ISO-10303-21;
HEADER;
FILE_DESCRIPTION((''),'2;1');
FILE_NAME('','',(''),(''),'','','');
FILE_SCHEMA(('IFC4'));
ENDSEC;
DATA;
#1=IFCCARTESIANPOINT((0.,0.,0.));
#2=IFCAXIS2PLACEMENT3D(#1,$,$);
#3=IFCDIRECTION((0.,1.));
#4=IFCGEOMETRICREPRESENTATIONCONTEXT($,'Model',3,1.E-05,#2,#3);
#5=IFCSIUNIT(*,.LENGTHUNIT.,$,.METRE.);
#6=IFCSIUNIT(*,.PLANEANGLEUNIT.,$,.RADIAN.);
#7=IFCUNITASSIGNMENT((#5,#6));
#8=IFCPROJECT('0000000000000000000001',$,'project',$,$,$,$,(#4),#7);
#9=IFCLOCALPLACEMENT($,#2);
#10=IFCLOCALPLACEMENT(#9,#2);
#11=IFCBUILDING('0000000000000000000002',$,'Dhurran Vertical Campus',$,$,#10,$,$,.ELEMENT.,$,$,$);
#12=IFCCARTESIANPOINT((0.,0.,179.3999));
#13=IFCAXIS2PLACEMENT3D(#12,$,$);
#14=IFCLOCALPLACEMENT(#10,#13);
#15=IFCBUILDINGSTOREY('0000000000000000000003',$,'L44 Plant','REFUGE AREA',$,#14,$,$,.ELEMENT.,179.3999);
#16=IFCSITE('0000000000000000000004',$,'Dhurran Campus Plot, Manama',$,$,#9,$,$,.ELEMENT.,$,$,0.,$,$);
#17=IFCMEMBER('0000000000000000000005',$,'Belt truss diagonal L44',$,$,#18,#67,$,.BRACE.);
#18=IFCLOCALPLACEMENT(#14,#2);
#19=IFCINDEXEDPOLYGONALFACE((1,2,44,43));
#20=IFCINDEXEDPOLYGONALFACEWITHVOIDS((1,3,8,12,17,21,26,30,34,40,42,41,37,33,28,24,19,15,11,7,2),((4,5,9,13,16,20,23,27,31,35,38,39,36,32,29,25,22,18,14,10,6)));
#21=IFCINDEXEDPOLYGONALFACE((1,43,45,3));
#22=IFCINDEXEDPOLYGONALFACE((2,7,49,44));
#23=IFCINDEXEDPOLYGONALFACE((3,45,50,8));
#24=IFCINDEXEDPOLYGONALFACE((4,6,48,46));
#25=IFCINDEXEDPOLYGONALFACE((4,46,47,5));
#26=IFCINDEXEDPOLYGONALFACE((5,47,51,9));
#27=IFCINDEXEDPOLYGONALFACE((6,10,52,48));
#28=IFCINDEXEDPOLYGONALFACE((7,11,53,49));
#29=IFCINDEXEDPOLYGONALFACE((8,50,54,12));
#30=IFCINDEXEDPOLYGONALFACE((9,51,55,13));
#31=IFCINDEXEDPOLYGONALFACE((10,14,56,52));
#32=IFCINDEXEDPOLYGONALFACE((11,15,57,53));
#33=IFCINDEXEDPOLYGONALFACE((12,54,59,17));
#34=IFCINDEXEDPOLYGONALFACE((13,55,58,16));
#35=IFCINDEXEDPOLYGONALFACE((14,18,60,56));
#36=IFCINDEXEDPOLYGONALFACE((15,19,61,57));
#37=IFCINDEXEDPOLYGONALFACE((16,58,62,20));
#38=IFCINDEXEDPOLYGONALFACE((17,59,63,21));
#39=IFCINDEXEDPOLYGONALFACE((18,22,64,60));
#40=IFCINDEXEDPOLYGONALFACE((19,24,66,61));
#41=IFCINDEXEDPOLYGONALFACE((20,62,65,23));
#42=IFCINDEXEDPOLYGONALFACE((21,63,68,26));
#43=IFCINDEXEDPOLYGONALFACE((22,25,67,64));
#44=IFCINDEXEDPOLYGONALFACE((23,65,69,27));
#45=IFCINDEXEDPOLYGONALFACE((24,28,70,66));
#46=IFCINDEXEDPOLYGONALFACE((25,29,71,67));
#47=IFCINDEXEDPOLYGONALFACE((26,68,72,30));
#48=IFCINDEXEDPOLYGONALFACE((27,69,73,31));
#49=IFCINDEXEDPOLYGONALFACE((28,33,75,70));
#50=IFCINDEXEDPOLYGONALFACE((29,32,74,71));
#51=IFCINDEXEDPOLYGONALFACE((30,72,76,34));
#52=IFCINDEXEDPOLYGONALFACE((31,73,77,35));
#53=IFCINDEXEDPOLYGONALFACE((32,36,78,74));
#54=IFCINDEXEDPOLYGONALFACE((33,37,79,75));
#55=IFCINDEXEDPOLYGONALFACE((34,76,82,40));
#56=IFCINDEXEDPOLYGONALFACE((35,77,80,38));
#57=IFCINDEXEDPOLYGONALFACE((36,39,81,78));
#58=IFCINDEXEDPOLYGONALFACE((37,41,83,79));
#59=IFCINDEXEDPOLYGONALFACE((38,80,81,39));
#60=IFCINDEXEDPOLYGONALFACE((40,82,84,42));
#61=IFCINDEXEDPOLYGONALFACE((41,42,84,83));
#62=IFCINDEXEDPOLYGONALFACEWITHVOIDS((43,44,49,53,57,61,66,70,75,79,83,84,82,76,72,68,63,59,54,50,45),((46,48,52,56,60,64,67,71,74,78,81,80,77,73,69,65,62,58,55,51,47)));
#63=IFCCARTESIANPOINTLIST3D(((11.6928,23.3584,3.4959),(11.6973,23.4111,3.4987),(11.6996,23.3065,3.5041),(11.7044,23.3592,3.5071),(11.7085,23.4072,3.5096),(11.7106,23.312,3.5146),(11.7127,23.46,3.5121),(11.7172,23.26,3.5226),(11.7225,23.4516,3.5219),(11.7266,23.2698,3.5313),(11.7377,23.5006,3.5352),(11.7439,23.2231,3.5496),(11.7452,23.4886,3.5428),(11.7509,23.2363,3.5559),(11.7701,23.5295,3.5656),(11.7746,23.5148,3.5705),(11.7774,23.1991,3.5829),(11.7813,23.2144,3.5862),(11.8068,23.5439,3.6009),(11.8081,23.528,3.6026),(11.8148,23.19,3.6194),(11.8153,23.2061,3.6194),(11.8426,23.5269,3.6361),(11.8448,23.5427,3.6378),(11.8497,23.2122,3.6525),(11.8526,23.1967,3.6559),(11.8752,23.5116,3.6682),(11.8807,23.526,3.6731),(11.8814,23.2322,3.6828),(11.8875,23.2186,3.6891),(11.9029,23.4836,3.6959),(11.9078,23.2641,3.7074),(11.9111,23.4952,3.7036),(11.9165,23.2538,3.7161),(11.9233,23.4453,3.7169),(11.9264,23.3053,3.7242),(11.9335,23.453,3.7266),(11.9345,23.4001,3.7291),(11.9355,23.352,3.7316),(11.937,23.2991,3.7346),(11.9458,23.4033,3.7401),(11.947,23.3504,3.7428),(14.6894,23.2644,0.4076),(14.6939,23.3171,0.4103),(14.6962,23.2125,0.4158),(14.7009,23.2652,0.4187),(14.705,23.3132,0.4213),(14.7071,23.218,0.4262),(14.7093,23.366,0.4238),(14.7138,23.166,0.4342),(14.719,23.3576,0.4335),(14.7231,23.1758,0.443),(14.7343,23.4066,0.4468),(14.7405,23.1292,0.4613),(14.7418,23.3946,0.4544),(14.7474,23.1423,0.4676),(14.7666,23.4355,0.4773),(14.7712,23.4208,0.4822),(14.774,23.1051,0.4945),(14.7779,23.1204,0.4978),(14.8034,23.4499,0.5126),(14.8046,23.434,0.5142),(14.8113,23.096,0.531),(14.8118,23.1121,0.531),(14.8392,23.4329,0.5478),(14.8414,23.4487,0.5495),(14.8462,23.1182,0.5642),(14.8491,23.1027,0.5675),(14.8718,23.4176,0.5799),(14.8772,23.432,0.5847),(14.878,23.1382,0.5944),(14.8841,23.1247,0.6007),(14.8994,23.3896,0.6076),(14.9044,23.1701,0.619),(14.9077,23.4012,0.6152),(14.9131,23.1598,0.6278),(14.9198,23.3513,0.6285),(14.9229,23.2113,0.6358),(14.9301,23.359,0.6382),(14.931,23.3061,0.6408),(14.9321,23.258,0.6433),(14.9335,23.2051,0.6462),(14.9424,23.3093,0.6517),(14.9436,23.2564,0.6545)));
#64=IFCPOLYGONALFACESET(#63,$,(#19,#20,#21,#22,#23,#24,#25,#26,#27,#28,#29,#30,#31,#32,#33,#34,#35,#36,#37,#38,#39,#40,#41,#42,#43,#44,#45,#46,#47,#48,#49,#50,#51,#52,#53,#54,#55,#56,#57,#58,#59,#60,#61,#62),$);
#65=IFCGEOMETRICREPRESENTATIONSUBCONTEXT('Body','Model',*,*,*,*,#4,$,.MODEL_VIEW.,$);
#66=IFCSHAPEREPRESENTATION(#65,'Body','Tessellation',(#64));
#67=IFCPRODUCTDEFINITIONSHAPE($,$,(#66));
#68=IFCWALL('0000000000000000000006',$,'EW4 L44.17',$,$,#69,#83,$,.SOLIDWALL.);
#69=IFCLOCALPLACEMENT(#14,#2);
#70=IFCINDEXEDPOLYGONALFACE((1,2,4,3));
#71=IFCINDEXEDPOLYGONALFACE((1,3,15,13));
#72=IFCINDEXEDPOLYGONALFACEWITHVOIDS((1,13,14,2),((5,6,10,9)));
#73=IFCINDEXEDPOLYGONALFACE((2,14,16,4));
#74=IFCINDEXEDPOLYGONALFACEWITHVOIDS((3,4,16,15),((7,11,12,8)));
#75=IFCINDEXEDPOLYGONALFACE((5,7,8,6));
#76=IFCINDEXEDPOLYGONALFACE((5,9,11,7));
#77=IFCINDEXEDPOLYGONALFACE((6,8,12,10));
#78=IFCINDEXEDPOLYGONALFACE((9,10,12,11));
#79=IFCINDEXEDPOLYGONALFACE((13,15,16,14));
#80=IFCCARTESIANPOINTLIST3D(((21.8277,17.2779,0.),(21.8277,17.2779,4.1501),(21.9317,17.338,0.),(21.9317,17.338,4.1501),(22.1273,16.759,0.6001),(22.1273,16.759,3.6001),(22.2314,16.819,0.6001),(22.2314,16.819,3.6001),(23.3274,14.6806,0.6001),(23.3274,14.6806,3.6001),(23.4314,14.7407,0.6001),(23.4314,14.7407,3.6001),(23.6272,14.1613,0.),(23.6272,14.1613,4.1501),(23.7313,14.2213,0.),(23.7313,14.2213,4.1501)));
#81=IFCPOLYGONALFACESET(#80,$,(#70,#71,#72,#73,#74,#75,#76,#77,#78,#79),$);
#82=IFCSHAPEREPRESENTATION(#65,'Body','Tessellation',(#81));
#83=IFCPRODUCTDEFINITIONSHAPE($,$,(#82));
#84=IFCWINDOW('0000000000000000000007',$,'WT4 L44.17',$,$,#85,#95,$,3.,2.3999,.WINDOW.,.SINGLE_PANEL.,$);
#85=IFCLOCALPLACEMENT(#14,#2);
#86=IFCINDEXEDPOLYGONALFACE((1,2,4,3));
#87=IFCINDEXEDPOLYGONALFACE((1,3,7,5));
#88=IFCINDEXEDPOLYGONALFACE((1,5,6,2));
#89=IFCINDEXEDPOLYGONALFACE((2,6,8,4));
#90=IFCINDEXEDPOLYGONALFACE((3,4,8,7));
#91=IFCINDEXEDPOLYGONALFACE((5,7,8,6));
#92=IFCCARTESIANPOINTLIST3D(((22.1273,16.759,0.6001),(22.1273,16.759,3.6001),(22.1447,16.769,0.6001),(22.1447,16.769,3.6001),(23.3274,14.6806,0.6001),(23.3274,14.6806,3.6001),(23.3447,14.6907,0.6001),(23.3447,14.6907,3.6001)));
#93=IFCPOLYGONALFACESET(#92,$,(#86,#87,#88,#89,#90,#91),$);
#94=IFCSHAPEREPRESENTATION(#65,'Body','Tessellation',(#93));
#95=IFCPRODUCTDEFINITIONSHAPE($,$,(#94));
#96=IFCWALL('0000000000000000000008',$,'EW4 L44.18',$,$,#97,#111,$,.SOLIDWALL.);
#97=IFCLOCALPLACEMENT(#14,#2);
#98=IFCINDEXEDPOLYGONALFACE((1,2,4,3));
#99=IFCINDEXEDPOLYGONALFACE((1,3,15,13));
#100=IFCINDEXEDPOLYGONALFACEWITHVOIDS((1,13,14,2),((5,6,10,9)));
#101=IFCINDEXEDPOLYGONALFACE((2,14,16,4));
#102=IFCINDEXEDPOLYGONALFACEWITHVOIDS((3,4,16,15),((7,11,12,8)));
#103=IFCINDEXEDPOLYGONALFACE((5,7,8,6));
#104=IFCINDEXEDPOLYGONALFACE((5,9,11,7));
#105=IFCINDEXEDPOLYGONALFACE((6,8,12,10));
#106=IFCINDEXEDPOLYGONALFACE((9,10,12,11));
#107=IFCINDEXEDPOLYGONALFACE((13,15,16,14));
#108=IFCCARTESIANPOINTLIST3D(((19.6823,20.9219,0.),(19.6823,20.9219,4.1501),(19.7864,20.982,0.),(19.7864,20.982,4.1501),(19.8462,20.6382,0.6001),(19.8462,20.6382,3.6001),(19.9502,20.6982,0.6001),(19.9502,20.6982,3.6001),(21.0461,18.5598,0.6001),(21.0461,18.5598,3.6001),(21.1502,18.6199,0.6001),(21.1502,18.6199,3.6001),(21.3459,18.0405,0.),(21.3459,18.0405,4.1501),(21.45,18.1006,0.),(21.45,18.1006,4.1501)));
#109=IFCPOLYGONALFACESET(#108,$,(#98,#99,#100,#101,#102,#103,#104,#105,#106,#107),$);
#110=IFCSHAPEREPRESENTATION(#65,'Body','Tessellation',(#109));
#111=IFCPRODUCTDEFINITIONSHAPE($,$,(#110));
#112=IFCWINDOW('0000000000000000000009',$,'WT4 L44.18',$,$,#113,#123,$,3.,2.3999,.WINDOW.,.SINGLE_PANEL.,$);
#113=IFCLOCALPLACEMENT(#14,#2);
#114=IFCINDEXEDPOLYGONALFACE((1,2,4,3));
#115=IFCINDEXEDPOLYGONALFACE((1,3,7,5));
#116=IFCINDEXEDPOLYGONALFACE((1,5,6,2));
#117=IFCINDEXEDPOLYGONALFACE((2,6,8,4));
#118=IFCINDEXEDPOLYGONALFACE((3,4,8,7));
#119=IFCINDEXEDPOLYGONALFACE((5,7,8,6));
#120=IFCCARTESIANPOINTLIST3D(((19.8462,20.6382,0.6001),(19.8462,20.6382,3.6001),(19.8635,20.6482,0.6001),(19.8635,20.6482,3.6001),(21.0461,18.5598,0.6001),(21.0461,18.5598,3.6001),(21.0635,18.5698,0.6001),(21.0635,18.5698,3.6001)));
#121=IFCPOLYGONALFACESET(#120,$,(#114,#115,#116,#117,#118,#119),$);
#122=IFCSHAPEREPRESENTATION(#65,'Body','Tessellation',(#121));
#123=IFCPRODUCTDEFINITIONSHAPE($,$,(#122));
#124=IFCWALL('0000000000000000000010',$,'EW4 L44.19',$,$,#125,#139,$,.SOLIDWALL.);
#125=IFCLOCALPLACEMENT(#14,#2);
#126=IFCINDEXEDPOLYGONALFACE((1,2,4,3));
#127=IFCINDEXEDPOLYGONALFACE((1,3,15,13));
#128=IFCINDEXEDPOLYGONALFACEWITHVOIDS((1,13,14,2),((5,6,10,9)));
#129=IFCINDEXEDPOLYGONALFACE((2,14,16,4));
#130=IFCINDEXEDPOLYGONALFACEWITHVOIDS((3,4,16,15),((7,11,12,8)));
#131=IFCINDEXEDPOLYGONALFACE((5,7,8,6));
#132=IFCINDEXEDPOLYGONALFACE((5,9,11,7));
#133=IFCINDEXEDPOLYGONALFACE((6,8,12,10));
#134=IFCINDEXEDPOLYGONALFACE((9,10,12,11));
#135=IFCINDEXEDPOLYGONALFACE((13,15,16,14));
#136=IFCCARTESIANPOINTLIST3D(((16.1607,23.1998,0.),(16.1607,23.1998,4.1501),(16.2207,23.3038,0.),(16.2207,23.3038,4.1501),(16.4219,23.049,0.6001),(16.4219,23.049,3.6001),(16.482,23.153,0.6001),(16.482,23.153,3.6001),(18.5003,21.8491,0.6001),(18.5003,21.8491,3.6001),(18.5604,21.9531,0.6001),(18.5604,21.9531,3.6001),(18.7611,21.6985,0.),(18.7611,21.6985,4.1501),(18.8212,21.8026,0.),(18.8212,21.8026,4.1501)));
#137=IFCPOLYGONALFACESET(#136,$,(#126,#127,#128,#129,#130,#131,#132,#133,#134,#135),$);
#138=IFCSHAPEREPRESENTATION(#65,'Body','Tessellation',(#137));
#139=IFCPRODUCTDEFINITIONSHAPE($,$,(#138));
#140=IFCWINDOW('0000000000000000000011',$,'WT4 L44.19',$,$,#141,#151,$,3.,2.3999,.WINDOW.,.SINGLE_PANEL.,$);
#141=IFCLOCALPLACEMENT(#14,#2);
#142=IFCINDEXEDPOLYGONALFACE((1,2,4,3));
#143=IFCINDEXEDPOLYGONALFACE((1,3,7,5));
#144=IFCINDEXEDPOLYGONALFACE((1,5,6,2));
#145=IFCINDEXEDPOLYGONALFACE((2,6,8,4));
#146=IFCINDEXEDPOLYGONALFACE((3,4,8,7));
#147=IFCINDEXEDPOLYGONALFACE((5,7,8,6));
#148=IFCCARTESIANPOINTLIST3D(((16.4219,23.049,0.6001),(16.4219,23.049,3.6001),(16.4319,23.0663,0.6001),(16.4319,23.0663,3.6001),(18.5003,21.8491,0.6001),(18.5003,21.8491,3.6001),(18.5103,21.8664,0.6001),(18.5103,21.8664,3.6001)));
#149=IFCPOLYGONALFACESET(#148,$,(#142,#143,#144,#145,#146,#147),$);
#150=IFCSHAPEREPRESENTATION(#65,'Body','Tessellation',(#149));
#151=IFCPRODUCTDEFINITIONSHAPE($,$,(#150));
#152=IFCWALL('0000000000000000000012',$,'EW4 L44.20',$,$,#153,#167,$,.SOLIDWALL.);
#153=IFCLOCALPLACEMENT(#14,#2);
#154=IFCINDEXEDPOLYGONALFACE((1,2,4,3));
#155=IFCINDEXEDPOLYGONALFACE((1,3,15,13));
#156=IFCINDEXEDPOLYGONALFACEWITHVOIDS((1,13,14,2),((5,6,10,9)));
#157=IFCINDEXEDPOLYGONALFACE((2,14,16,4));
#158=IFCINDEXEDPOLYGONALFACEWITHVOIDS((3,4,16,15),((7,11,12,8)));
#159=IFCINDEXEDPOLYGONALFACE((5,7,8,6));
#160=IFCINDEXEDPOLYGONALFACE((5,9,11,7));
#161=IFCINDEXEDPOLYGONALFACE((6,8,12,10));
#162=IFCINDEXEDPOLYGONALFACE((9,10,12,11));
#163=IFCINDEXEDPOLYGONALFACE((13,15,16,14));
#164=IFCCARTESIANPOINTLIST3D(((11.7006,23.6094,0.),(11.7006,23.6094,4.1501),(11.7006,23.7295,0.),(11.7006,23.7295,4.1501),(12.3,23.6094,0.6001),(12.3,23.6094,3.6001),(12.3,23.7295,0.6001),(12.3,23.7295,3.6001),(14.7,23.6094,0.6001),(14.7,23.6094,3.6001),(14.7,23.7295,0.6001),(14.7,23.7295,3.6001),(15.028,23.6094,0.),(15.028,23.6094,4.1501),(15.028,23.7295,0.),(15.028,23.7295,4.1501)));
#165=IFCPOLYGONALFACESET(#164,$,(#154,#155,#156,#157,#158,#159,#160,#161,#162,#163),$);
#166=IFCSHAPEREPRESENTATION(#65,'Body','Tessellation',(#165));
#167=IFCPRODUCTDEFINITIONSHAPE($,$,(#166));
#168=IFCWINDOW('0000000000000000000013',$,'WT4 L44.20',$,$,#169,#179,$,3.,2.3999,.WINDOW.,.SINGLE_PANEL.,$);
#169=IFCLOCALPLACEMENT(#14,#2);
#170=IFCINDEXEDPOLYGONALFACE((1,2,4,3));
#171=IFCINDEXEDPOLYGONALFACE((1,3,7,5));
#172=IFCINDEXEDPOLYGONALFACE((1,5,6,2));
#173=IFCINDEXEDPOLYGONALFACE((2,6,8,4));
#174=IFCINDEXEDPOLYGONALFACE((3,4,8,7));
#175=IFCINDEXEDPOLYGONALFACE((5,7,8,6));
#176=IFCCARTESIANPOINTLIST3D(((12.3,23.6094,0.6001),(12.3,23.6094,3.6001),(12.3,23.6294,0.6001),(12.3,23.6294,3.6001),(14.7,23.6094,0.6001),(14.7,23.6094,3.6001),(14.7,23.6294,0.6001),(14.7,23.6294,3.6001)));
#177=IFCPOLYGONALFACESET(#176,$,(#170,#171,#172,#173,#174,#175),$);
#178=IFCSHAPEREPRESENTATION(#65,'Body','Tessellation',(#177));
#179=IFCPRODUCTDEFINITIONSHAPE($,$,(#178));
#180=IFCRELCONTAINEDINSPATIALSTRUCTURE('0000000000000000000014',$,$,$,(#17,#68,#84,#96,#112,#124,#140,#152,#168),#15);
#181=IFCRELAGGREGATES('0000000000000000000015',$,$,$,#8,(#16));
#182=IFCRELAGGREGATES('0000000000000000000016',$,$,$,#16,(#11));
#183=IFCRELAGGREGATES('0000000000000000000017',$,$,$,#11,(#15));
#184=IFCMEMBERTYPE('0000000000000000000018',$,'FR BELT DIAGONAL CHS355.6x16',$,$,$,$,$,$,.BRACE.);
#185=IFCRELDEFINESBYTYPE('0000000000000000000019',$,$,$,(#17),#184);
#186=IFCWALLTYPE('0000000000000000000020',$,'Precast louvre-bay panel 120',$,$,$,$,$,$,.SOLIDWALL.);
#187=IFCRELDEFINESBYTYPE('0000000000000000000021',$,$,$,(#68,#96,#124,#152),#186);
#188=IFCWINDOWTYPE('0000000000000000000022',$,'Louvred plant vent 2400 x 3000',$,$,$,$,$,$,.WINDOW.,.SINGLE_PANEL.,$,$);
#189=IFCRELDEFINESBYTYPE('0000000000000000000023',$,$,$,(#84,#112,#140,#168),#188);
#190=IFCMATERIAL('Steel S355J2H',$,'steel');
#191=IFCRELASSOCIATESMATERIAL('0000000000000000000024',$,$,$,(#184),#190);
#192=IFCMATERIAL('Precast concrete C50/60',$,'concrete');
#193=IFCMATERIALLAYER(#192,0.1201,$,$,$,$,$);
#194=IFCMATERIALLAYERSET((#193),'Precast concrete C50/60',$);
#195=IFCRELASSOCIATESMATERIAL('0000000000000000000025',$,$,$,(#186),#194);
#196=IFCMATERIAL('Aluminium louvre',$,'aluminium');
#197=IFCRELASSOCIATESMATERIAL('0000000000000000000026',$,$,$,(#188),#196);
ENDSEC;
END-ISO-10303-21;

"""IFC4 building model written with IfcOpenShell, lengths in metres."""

from ifc_helpers import new_model, si_unit, direction, frame, frame_2d, origin, origin_2d, place, context, subcontext, project, spatial, rectangle, hollow_circle, extrude, material, layer, layer_set, material_profile, profile_set, type_object, element, fill, save


model = new_model("IFC4")

# Units and contexts
model_context = context("Model", 3, precision=1e-05, world=origin(), true_north=direction((0.0, 1.0)))
body_context = subcontext(model_context, "Body", "Model", "MODEL_VIEW")
ifc_project = project(units=[si_unit("LENGTHUNIT", "METRE"), si_unit("PLANEANGLEUNIT", "RADIAN")], contexts=[model_context])

# Site, building, storey
site_placement = place(None, origin())
site = spatial("IfcSite", under=ifc_project, at=site_placement, Name="Dhurran Campus Plot, Manama", CompositionType="ELEMENT", RefElevation=0.0)
building_placement = place(site_placement, origin())
building = spatial("IfcBuilding", under=site, at=building_placement, Name="Dhurran Vertical Campus", CompositionType="ELEMENT")
storey_placement = place(building_placement, frame((0.0, 0.0, 179.3999)))
storey = spatial("IfcBuildingStorey", under=building, at=storey_placement, Name="L44 Plant", Description="REFUGE AREA", CompositionType="ELEMENT", Elevation=179.3999)

# Member
ifc_material_1 = material(Name="Steel S355J2H", Category="steel")
ifc_material_profile_1 = material_profile(ifc_material_1, hollow_circle(Radius=0.1777, WallThickness=0.0161, at=origin_2d()), Name="CHS355.6x16")
ifc_profile_set_1 = profile_set([ifc_material_profile_1], Name="Steel S355J2H")
member_type = type_object("IfcMemberType", Name="FR BELT DIAGONAL CHS355.6x16", PredefinedType="BRACE", material=ifc_profile_set_1)
member_1_placement = place(storey_placement, frame((14.8169, 23.2737, 0.531), z_axis=(-0.696194, 0.021838, 0.717521), x_axis=(-0.031352, -0.999508, 0.0)))
element("IfcMember", 1, at=member_1_placement, inside=storey, type_object=member_type, Name="Belt truss diagonal L44", PredefinedType="BRACE", context=body_context, shape_type="SweptSolid", body=[
    extrude(hollow_circle(Radius=0.1777, WallThickness=0.0161, at=origin_2d()), origin(), (0.0, 0.0, 1.0), 4.3042),
])

# Walls, openings, windows
ifc_material_2 = material(Name="Precast concrete C50/60", Category="concrete")
ifc_layer = layer(ifc_material_2, 0.1201)
ifc_layer_set = layer_set([ifc_layer], Name="Precast concrete C50/60")
wall_type = type_object("IfcWallType", Name="Precast louvre-bay panel 120", PredefinedType="SOLIDWALL", material=ifc_layer_set)
wall_1_placement = place(storey_placement, frame((23.6792, 14.1914, 0.0), z_axis=(0.0, 0.0, 1.0), x_axis=(-0.500028, 0.866009, 0.0)))
wall_1 = element("IfcWall", 2, at=wall_1_placement, inside=storey, type_object=wall_type, Name="EW4 L44.17", PredefinedType="SOLIDWALL", context=body_context, shape_type="SweptSolid", body=[
    extrude(rectangle(XDim=3.5989, YDim=0.1201, at=frame_2d((1.7993, 0.0))), origin(), (0.0, 0.0, 1.0), 4.1501),
])
opening_1_placement = place(wall_1_placement, frame((0.5996, 0.0, 0.6001)))
opening_1 = element("IfcOpeningElement", 3, at=opening_1_placement, cuts=wall_1, PredefinedType="OPENING", context=body_context, shape_type="SweptSolid", body=[
    extrude(rectangle(XDim=2.3999, YDim=3.0, at=frame_2d((1.2, 1.5))), frame((0.0, 0.0701, 0.0), z_axis=(0.0, -1.0, 0.0), x_axis=(1.0, 0.0, 0.0)), (0.0, 0.0, 1.0), 0.1401),
])
ifc_material_3 = material(Name="Aluminium louvre", Category="aluminium")
window_type = type_object("IfcWindowType", Name="Louvred plant vent 2400 x 3000", PartitioningType="SINGLE_PANEL", PredefinedType="WINDOW", material=ifc_material_3)
window_1_placement = place(opening_1_placement, origin())
window_1 = element("IfcWindow", 4, at=window_1_placement, inside=storey, type_object=window_type, Name="WT4 L44.17", OverallHeight=3.0, OverallWidth=2.3999, PartitioningType="SINGLE_PANEL", PredefinedType="WINDOW", context=body_context, shape_type="SweptSolid", body=[
    extrude(rectangle(XDim=2.3999, YDim=3.0, at=frame_2d((1.2, 1.5))), frame((0.0, 0.0601, 0.0), z_axis=(0.0, -1.0, 0.0), x_axis=(1.0, 0.0, 0.0)), (0.0, 0.0, 1.0), 0.02),
])
fill(opening_1, window_1)
wall_2_placement = place(storey_placement, frame((21.3979, 18.0706, 0.0), z_axis=(0.0, 0.0, 1.0), x_axis=(-0.500006, 0.866022, 0.0)))
wall_2 = element("IfcWall", 5, at=wall_2_placement, inside=storey, type_object=wall_type, Name="EW4 L44.18", PredefinedType="SOLIDWALL", context=body_context, shape_type="SweptSolid", body=[
    extrude(rectangle(XDim=3.3271, YDim=0.1201, at=frame_2d((1.6636, 0.0))), origin(), (0.0, 0.0, 1.0), 4.1501),
])
opening_2_placement = place(wall_2_placement, frame((0.5996, 0.0, 0.6001)))
opening_2 = element("IfcOpeningElement", 6, at=opening_2_placement, cuts=wall_2, PredefinedType="OPENING", context=body_context, shape_type="SweptSolid", body=[
    extrude(rectangle(XDim=2.3999, YDim=3.0, at=frame_2d((1.2, 1.5))), frame((0.0, 0.0701, 0.0), z_axis=(0.0, -1.0, 0.0), x_axis=(1.0, 0.0, 0.0)), (0.0, 0.0, 1.0), 0.1401),
])
window_2_placement = place(opening_2_placement, origin())
window_2 = element("IfcWindow", 7, at=window_2_placement, inside=storey, type_object=window_type, Name="WT4 L44.18", OverallHeight=3.0, OverallWidth=2.3999, PartitioningType="SINGLE_PANEL", PredefinedType="WINDOW", context=body_context, shape_type="SweptSolid", body=[
    extrude(rectangle(XDim=2.3999, YDim=3.0, at=frame_2d((1.2, 1.5))), frame((0.0, 0.0601, 0.0), z_axis=(0.0, -1.0, 0.0), x_axis=(1.0, 0.0, 0.0)), (0.0, 0.0, 1.0), 0.02),
])
fill(opening_2, window_2)
wall_3_placement = place(storey_placement, frame((18.7913, 21.7505, 0.0), z_axis=(0.0, 0.0, 1.0), x_axis=(-0.866038, 0.499978, 0.0)))
wall_3 = element("IfcWall", 8, at=wall_3_placement, inside=storey, type_object=wall_type, Name="EW4 L44.19", PredefinedType="SOLIDWALL", context=body_context, shape_type="SweptSolid", body=[
    extrude(rectangle(XDim=3.0027, YDim=0.1201, at=frame_2d((1.5015, 0.0))), origin(), (0.0, 0.0, 1.0), 4.1501),
])
opening_3_placement = place(wall_3_placement, frame((0.3013, 0.0, 0.6001)))
opening_3 = element("IfcOpeningElement", 9, at=opening_3_placement, cuts=wall_3, PredefinedType="OPENING", context=body_context, shape_type="SweptSolid", body=[
    extrude(rectangle(XDim=2.3999, YDim=3.0, at=frame_2d((1.2, 1.5))), frame((0.0, 0.0701, 0.0), z_axis=(0.0, -1.0, 0.0), x_axis=(1.0, 0.0, 0.0)), (0.0, 0.0, 1.0), 0.1401),
])
window_3_placement = place(opening_3_placement, origin())
window_3 = element("IfcWindow", 10, at=window_3_placement, inside=storey, type_object=window_type, Name="WT4 L44.19", OverallHeight=3.0, OverallWidth=2.3999, PartitioningType="SINGLE_PANEL", PredefinedType="WINDOW", context=body_context, shape_type="SweptSolid", body=[
    extrude(rectangle(XDim=2.3999, YDim=3.0, at=frame_2d((1.2, 1.5))), frame((0.0, 0.0601, 0.0), z_axis=(0.0, -1.0, 0.0), x_axis=(1.0, 0.0, 0.0)), (0.0, 0.0, 1.0), 0.02),
])
fill(opening_3, window_3)
wall_4_placement = place(storey_placement, frame((15.0278, 23.6694, 0.0), z_axis=(0.0, 0.0, 1.0), x_axis=(-1.0, 0.0, 0.0)))
wall_4 = element("IfcWall", 11, at=wall_4_placement, inside=storey, type_object=wall_type, Name="EW4 L44.20", PredefinedType="SOLIDWALL", context=body_context, shape_type="SweptSolid", body=[
    extrude(rectangle(XDim=3.3274, YDim=0.1201, at=frame_2d((1.6636, 0.0))), origin(), (0.0, 0.0, 1.0), 4.1501),
])
opening_4_placement = place(wall_4_placement, frame((0.3279, 0.0, 0.6001)))
opening_4 = element("IfcOpeningElement", 12, at=opening_4_placement, cuts=wall_4, PredefinedType="OPENING", context=body_context, shape_type="SweptSolid", body=[
    extrude(rectangle(XDim=2.3999, YDim=3.0, at=frame_2d((1.2, 1.5))), frame((0.0, 0.0701, 0.0), z_axis=(0.0, -1.0, 0.0), x_axis=(1.0, 0.0, 0.0)), (0.0, 0.0, 1.0), 0.1401),
])
window_4_placement = place(opening_4_placement, origin())
window_4 = element("IfcWindow", 13, at=window_4_placement, inside=storey, type_object=window_type, Name="WT4 L44.20", OverallHeight=3.0, OverallWidth=2.3999, PartitioningType="SINGLE_PANEL", PredefinedType="WINDOW", context=body_context, shape_type="SweptSolid", body=[
    extrude(rectangle(XDim=2.3999, YDim=3.0, at=frame_2d((1.2, 1.5))), frame((0.0, 0.0601, 0.0), z_axis=(0.0, -1.0, 0.0), x_axis=(1.0, 0.0, 0.0)), (0.0, 0.0, 1.0), 0.02),
])
fill(opening_4, window_4)

save(model, "model.ifc")
